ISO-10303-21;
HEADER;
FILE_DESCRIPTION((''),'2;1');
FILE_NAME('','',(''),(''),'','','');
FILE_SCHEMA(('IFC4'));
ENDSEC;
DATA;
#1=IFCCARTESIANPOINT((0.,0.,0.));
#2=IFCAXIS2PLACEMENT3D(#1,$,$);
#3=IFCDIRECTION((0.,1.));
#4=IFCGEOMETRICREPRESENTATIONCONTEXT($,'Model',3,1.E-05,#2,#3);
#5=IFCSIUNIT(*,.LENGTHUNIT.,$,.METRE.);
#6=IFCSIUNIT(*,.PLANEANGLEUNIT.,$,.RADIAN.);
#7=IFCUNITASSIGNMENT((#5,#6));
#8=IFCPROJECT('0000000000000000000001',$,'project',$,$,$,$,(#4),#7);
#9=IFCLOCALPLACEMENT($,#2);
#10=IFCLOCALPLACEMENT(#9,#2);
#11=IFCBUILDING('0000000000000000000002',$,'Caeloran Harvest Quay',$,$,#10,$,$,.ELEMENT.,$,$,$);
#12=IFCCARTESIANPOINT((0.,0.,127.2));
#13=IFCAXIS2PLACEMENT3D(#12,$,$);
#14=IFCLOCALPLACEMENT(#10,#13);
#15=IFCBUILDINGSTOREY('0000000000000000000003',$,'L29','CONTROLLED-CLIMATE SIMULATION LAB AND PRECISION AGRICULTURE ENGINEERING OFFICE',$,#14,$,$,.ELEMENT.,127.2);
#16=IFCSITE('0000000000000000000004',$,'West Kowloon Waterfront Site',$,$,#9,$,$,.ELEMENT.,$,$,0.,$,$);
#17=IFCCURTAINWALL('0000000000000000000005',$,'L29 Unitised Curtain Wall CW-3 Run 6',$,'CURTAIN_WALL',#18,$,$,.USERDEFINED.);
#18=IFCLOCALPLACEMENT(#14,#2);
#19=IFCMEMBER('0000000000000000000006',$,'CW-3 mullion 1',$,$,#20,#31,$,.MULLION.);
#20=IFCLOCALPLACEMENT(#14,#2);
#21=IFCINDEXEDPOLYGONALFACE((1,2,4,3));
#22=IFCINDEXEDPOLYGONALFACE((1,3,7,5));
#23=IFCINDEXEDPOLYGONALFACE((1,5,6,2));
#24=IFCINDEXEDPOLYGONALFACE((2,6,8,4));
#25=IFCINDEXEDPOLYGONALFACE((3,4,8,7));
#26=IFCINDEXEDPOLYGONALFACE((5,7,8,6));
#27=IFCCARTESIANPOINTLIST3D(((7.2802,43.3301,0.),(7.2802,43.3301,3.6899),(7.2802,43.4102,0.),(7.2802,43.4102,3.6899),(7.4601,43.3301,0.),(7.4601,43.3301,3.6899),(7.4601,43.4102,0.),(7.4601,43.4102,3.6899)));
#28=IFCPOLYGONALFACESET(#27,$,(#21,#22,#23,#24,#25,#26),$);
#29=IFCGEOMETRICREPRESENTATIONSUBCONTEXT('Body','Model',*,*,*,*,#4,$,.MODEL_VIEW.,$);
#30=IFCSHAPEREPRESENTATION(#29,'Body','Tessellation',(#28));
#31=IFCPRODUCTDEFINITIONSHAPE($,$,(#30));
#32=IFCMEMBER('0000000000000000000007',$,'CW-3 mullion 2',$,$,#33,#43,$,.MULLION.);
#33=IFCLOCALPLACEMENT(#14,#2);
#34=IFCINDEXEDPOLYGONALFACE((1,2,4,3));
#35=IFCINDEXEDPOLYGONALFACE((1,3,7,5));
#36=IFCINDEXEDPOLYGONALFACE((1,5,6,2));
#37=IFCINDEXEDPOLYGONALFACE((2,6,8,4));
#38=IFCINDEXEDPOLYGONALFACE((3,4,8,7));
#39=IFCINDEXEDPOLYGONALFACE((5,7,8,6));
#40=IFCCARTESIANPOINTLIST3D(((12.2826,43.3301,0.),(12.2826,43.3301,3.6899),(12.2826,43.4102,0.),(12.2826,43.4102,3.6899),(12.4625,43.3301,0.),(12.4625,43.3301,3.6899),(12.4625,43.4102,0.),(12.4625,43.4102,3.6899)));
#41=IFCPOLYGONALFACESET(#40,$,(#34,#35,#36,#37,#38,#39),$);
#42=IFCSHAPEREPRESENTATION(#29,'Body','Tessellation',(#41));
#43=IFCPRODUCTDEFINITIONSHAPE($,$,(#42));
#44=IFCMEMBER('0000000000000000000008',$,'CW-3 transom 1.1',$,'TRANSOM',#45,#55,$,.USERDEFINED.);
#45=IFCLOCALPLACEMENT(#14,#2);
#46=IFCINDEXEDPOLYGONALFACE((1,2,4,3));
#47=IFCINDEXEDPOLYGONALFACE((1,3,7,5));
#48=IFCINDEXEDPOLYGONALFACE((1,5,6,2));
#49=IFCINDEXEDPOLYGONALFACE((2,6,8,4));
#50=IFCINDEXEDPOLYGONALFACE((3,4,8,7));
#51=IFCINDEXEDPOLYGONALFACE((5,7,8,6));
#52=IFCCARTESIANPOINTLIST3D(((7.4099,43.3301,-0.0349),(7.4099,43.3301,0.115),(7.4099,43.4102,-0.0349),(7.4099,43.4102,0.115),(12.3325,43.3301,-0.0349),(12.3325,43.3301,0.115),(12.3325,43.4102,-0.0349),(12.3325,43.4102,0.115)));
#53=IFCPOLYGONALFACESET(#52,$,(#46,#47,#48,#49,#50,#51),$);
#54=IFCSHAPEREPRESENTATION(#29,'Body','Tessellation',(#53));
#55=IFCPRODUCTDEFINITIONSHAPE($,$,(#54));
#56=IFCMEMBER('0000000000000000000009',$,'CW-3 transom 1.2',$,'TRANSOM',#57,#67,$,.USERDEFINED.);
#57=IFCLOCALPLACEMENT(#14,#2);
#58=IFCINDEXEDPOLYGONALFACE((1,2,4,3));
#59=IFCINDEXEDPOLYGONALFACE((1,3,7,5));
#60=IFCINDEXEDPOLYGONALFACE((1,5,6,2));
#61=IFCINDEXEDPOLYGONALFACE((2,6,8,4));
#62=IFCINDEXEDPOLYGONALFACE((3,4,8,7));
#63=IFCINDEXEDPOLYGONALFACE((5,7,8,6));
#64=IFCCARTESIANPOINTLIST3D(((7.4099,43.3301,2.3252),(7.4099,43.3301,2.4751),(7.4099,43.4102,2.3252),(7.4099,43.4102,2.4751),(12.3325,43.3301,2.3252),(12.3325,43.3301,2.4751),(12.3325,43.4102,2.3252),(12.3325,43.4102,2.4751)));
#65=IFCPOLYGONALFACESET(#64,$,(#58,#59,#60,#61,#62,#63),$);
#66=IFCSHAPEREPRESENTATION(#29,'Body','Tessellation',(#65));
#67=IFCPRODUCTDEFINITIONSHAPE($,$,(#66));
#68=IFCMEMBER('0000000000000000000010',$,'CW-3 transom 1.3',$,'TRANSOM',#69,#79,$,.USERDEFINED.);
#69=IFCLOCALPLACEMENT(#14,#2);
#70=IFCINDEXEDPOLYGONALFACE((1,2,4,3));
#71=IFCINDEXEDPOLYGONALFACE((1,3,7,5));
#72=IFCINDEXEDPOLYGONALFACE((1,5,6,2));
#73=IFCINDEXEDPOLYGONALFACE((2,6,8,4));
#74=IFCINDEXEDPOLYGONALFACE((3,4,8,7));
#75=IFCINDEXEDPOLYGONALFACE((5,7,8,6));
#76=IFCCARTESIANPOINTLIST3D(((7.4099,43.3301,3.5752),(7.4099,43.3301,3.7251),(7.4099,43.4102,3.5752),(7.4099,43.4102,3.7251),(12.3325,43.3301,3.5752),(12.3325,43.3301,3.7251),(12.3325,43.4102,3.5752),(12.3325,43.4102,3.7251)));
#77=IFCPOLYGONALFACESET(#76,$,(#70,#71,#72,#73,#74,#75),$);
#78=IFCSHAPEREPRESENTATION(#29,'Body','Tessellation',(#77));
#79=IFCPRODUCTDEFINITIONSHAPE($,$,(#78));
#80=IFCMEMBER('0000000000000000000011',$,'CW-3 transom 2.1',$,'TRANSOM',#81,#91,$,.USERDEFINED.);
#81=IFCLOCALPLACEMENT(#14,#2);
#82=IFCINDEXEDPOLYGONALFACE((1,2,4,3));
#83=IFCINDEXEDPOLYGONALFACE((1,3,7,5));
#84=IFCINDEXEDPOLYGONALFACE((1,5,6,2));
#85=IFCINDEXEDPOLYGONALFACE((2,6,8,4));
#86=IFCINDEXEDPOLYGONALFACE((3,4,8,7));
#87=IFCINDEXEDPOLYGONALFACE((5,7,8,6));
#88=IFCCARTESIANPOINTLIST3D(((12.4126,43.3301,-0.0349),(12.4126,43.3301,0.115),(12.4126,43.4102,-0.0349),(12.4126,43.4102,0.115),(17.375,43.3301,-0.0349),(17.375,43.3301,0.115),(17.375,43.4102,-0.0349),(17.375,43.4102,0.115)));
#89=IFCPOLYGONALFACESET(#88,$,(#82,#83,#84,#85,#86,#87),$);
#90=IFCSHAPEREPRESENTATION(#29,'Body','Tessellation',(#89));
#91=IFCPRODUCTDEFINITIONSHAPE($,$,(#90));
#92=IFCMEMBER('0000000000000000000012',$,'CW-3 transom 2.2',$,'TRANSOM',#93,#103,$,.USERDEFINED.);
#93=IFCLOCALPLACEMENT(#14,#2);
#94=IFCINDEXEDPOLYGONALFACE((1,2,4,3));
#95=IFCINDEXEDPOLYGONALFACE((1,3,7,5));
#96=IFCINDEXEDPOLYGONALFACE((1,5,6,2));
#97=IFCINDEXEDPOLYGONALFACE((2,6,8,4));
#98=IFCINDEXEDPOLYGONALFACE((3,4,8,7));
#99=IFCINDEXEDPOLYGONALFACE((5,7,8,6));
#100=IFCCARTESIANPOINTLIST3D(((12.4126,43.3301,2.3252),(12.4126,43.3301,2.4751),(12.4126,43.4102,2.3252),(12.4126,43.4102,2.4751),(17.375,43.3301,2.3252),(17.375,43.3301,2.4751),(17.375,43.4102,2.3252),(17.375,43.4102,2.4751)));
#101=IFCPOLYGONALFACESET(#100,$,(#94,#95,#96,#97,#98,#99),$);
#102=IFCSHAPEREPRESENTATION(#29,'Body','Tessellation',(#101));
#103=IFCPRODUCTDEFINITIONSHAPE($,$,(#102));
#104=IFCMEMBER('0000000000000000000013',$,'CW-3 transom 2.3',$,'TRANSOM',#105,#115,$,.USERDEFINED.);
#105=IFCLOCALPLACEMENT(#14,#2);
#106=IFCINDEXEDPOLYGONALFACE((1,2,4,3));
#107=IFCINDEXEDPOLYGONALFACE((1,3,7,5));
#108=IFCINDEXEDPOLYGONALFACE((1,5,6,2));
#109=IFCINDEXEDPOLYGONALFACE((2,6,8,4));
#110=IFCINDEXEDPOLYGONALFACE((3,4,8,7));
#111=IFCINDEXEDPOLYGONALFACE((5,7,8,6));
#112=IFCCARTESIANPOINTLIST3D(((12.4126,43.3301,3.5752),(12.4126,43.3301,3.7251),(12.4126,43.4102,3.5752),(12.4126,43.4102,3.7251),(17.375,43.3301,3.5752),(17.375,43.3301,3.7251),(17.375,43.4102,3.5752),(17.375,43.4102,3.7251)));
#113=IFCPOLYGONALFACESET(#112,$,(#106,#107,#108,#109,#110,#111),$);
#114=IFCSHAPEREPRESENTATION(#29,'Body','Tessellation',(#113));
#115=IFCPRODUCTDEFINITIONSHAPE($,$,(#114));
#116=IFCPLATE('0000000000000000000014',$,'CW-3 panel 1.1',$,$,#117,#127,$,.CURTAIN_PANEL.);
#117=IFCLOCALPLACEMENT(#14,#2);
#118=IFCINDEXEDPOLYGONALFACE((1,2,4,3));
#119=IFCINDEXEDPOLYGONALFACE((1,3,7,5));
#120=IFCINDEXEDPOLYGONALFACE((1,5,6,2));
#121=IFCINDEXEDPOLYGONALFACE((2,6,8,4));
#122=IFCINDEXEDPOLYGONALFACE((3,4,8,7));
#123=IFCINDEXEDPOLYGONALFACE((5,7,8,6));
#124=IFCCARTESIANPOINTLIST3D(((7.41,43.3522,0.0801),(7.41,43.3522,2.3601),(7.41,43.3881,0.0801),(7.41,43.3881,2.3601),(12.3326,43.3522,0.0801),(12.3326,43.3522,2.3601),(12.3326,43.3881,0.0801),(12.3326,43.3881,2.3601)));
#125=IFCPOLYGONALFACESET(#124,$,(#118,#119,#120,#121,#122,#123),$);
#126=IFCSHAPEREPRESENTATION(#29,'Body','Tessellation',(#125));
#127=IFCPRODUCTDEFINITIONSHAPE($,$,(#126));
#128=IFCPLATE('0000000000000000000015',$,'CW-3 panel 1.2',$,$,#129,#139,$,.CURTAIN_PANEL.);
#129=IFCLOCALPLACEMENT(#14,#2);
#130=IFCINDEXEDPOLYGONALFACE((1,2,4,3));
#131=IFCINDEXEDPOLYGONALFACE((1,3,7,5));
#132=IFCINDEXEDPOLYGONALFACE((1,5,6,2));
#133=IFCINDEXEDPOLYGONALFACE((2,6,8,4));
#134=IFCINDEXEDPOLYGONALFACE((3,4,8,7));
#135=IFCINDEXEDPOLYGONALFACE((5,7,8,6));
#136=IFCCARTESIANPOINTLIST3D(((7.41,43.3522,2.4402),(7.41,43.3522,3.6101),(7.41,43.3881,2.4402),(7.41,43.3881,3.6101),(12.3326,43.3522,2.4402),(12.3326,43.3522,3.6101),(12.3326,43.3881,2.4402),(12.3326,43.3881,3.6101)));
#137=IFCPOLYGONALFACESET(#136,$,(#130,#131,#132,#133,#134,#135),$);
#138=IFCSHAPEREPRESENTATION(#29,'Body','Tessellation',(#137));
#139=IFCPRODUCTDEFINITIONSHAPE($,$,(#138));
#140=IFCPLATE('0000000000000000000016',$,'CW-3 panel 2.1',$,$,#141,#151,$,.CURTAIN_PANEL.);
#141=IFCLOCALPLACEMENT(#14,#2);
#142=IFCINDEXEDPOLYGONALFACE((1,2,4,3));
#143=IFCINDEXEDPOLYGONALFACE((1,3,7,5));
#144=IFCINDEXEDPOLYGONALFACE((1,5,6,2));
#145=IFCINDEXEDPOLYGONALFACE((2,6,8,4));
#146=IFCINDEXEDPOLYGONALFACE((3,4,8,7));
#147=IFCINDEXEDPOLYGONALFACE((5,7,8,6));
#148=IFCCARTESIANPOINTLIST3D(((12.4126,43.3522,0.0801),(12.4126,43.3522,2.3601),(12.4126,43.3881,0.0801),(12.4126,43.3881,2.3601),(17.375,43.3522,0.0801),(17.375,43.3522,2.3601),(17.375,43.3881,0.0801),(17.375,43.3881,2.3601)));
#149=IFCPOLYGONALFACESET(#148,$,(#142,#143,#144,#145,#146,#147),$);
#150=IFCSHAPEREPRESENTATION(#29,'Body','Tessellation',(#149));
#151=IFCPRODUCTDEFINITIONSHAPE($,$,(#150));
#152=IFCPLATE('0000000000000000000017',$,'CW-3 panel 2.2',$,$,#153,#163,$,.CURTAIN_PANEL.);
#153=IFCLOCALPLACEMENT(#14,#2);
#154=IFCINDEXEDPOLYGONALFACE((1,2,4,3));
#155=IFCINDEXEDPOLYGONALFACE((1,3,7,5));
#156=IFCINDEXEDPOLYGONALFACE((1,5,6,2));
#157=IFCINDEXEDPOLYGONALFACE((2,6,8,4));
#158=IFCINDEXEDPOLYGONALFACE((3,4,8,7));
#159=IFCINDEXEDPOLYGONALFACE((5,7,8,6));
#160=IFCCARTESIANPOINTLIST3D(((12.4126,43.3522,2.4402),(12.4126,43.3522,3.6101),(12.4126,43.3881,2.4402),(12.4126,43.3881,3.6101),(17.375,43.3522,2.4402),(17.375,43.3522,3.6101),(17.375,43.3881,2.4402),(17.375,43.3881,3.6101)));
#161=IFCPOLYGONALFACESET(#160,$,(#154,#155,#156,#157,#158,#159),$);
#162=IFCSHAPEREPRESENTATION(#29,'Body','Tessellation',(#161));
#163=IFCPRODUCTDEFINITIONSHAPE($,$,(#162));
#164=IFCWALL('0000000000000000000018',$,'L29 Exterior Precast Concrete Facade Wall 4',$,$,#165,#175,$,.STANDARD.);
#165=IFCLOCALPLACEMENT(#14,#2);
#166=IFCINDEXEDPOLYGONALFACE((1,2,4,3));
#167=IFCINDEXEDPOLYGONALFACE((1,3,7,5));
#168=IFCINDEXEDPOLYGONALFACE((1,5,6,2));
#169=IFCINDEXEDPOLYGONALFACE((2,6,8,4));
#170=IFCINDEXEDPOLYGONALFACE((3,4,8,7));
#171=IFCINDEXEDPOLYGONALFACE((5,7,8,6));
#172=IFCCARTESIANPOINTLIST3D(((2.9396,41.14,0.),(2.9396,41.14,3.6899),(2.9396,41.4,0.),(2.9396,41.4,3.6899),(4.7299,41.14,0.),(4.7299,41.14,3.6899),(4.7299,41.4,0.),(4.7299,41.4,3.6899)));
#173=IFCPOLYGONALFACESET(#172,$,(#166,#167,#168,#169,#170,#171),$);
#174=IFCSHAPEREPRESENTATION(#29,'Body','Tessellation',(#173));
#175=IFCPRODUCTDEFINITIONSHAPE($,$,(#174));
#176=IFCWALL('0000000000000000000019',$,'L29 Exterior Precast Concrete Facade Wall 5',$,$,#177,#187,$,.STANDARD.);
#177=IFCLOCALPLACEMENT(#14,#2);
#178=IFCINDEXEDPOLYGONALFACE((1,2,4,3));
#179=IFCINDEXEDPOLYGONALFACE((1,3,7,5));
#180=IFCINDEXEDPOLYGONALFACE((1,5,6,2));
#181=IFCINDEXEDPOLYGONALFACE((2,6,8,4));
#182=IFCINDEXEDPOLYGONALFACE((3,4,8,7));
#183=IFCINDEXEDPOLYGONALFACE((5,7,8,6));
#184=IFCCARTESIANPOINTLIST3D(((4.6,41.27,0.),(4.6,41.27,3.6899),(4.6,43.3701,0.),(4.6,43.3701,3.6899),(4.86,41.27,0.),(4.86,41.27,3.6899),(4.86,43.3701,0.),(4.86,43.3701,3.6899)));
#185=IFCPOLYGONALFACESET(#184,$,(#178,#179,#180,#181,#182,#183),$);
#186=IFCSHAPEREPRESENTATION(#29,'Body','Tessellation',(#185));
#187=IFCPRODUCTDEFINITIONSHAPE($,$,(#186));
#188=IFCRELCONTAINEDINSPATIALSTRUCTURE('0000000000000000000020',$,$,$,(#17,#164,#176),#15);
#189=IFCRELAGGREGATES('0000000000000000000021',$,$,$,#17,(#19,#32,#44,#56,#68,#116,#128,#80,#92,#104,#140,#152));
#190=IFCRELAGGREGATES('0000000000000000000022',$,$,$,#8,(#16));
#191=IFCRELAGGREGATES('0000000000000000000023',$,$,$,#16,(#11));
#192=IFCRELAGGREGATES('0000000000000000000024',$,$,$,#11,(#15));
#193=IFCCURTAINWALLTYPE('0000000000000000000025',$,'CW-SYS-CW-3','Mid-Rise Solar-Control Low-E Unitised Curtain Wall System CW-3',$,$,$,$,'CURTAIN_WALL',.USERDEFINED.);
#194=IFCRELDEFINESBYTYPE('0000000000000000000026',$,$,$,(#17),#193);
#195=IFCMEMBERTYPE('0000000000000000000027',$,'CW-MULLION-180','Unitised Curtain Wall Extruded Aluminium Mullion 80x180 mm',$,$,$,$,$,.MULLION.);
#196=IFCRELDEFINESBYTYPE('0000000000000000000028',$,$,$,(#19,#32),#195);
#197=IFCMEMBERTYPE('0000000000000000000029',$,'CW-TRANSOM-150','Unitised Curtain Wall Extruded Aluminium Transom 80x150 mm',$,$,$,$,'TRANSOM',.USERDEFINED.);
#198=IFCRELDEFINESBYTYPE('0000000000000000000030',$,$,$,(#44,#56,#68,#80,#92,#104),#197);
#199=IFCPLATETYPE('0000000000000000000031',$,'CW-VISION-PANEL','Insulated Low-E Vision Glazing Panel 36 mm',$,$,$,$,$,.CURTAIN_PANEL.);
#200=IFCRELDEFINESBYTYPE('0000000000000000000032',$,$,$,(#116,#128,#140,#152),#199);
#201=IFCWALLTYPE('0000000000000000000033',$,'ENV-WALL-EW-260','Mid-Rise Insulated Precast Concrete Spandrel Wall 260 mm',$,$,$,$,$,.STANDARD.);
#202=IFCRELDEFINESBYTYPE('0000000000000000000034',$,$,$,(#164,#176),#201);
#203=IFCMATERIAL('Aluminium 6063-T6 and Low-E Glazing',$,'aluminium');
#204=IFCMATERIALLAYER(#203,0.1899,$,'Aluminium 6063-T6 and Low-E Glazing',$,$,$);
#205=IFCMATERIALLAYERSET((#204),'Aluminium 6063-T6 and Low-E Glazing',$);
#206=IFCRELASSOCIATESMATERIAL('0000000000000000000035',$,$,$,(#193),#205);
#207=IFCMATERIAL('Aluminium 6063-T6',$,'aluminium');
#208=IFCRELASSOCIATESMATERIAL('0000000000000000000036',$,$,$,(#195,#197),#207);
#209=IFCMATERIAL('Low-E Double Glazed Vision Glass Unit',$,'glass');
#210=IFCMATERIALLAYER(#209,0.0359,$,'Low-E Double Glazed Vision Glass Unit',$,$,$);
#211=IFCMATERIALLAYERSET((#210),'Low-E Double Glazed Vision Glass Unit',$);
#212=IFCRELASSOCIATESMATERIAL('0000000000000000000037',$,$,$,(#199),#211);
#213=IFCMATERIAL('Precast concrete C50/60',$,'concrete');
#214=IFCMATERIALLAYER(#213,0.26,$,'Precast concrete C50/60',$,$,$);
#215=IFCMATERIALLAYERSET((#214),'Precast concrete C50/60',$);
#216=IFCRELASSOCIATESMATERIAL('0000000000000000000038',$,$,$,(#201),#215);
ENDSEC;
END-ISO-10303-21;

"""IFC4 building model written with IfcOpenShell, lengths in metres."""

from ifc_helpers import new_model, si_unit, direction, frame, frame_2d, origin, origin_2d, place, context, subcontext, project, spatial, rectangle, extrude, material, layer, layer_set, material_profile, profile_set, type_object, element, aggregate, save


model = new_model("IFC4")

# Units and contexts
model_context = context("Model", 3, precision=1e-05, world=origin(), true_north=direction((0.0, 1.0)))
body_context = subcontext(model_context, "Body", "Model", "MODEL_VIEW")
ifc_project = project(units=[si_unit("LENGTHUNIT", "METRE"), si_unit("PLANEANGLEUNIT", "RADIAN")], contexts=[model_context])

# Site, building, storey
site_placement = place(None, origin())
site = spatial("IfcSite", under=ifc_project, at=site_placement, Name="West Kowloon Waterfront Site", CompositionType="ELEMENT", RefElevation=0.0)
building_placement = place(site_placement, origin())
building = spatial("IfcBuilding", under=site, at=building_placement, Name="Caeloran Harvest Quay", CompositionType="ELEMENT")
storey_placement = place(building_placement, frame((0.0, 0.0, 127.2)))
storey = spatial("IfcBuildingStorey", under=building, at=storey_placement, Name="L29", Description="CONTROLLED-CLIMATE SIMULATION LAB AND PRECISION AGRICULTURE ENGINEERING OFFICE", CompositionType="ELEMENT", Elevation=127.2)

# Curtain wall, members, plates
ifc_material_1 = material(Name="Aluminium 6063-T6 and Low-E Glazing", Category="aluminium")
ifc_layer_1 = layer(ifc_material_1, 0.1899, Name="Aluminium 6063-T6 and Low-E Glazing")
ifc_layer_set_1 = layer_set([ifc_layer_1], Name="Aluminium 6063-T6 and Low-E Glazing")
curtain_wall_type = type_object("IfcCurtainWallType", Name="CW-SYS-CW-3", Description="Mid-Rise Solar-Control Low-E Unitised Curtain Wall System CW-3", ElementType="CURTAIN_WALL", PredefinedType="USERDEFINED", material=ifc_layer_set_1)
curtain_wall_placement = place(storey_placement, origin())
curtain_wall = element("IfcCurtainWall", 1, at=curtain_wall_placement, inside=storey, type_object=curtain_wall_type, Name="L29 Unitised Curtain Wall CW-3 Run 6", ObjectType="CURTAIN_WALL", PredefinedType="USERDEFINED")
ifc_material_2 = material(Name="Aluminium 6063-T6", Category="aluminium")
ifc_material_profile_1 = material_profile(ifc_material_2, rectangle(XDim=0.0801, YDim=0.1799, at=origin_2d()), Name="CW-MULLION-180")
ifc_profile_set_1 = profile_set([ifc_material_profile_1], Name="Aluminium 6063-T6")
member_type_1 = type_object("IfcMemberType", Name="CW-MULLION-180", Description="Unitised Curtain Wall Extruded Aluminium Mullion 80x180 mm", PredefinedType="MULLION", material=ifc_profile_set_1)
member_1_placement = place(storey_placement, frame((7.3701, 43.3701, 0.0), z_axis=(0.0, 0.0, 1.0), x_axis=(0.0, 1.0, 0.0)))
member_1 = element("IfcMember", 2, at=member_1_placement, type_object=member_type_1, Name="CW-3 mullion 1", PredefinedType="MULLION", context=body_context, shape_type="SweptSolid", body=[
    extrude(rectangle(XDim=0.0801, YDim=0.1799, at=origin_2d()), origin(), (0.0, 0.0, 1.0), 3.6899),
])
member_2_placement = place(storey_placement, frame((12.3726, 43.3701, 0.0), z_axis=(0.0, 0.0, 1.0), x_axis=(0.0, 1.0, 0.0)))
member_2 = element("IfcMember", 3, at=member_2_placement, type_object=member_type_1, Name="CW-3 mullion 2", PredefinedType="MULLION", context=body_context, shape_type="SweptSolid", body=[
    extrude(rectangle(XDim=0.0801, YDim=0.1799, at=origin_2d()), origin(), (0.0, 0.0, 1.0), 3.6899),
])
ifc_material_profile_2 = material_profile(ifc_material_2, rectangle(XDim=0.0801, YDim=0.1499, at=origin_2d()), Name="CW-TRANSOM-150")
ifc_profile_set_2 = profile_set([ifc_material_profile_2], Name="Aluminium 6063-T6")
member_type_2 = type_object("IfcMemberType", Name="CW-TRANSOM-150", Description="Unitised Curtain Wall Extruded Aluminium Transom 80x150 mm", ElementType="TRANSOM", PredefinedType="USERDEFINED", material=ifc_profile_set_2)
member_3_placement = place(storey_placement, frame((7.4099, 43.3701, 0.04), z_axis=(1.0, 0.0, 0.0), x_axis=(0.0, 1.0, 0.0)))
member_3 = element("IfcMember", 4, at=member_3_placement, type_object=member_type_2, Name="CW-3 transom 1.1", ObjectType="TRANSOM", PredefinedType="USERDEFINED", context=body_context, shape_type="SweptSolid", body=[
    extrude(rectangle(XDim=0.0801, YDim=0.1499, at=origin_2d()), origin(), (0.0, 0.0, 1.0), 4.9226),
])
member_4_placement = place(storey_placement, frame((7.4099, 43.3701, 2.4001), z_axis=(1.0, 0.0, 0.0), x_axis=(0.0, 1.0, 0.0)))
member_4 = element("IfcMember", 5, at=member_4_placement, type_object=member_type_2, Name="CW-3 transom 1.2", ObjectType="TRANSOM", PredefinedType="USERDEFINED", context=body_context, shape_type="SweptSolid", body=[
    extrude(rectangle(XDim=0.0801, YDim=0.1499, at=origin_2d()), origin(), (0.0, 0.0, 1.0), 4.9226),
])
member_5_placement = place(storey_placement, frame((7.4099, 43.3701, 3.6501), z_axis=(1.0, 0.0, 0.0), x_axis=(0.0, 1.0, 0.0)))
member_5 = element("IfcMember", 6, at=member_5_placement, type_object=member_type_2, Name="CW-3 transom 1.3", ObjectType="TRANSOM", PredefinedType="USERDEFINED", context=body_context, shape_type="SweptSolid", body=[
    extrude(rectangle(XDim=0.0801, YDim=0.1499, at=origin_2d()), origin(), (0.0, 0.0, 1.0), 4.9226),
])
member_6_placement = place(storey_placement, frame((12.4126, 43.3701, 0.04), z_axis=(1.0, 0.0, 0.0), x_axis=(0.0, 1.0, 0.0)))
member_6 = element("IfcMember", 7, at=member_6_placement, type_object=member_type_2, Name="CW-3 transom 2.1", ObjectType="TRANSOM", PredefinedType="USERDEFINED", context=body_context, shape_type="SweptSolid", body=[
    extrude(rectangle(XDim=0.0801, YDim=0.1499, at=origin_2d()), origin(), (0.0, 0.0, 1.0), 4.9624),
])
member_7_placement = place(storey_placement, frame((12.4126, 43.3701, 2.4001), z_axis=(1.0, 0.0, 0.0), x_axis=(0.0, 1.0, 0.0)))
member_7 = element("IfcMember", 8, at=member_7_placement, type_object=member_type_2, Name="CW-3 transom 2.2", ObjectType="TRANSOM", PredefinedType="USERDEFINED", context=body_context, shape_type="SweptSolid", body=[
    extrude(rectangle(XDim=0.0801, YDim=0.1499, at=origin_2d()), origin(), (0.0, 0.0, 1.0), 4.9624),
])
member_8_placement = place(storey_placement, frame((12.4126, 43.3701, 3.6501), z_axis=(1.0, 0.0, 0.0), x_axis=(0.0, 1.0, 0.0)))
member_8 = element("IfcMember", 9, at=member_8_placement, type_object=member_type_2, Name="CW-3 transom 2.3", ObjectType="TRANSOM", PredefinedType="USERDEFINED", context=body_context, shape_type="SweptSolid", body=[
    extrude(rectangle(XDim=0.0801, YDim=0.1499, at=origin_2d()), origin(), (0.0, 0.0, 1.0), 4.9624),
])
ifc_material_3 = material(Name="Low-E Double Glazed Vision Glass Unit", Category="glass")
ifc_layer_2 = layer(ifc_material_3, 0.0359, Name="Low-E Double Glazed Vision Glass Unit")
ifc_layer_set_2 = layer_set([ifc_layer_2], Name="Low-E Double Glazed Vision Glass Unit")
plate_type = type_object("IfcPlateType", Name="CW-VISION-PANEL", Description="Insulated Low-E Vision Glazing Panel 36 mm", PredefinedType="CURTAIN_PANEL", material=ifc_layer_set_2)
plate_1_placement = place(storey_placement, frame((9.8713, 43.3701, 0.0801), z_axis=(0.0, 0.0, 1.0), x_axis=(1.0, 0.0, 0.0)))
plate_1 = element("IfcPlate", 10, at=plate_1_placement, type_object=plate_type, Name="CW-3 panel 1.1", PredefinedType="CURTAIN_PANEL", context=body_context, shape_type="SweptSolid", body=[
    extrude(rectangle(XDim=4.9226, YDim=0.0359, at=origin_2d()), origin(), (0.0, 0.0, 1.0), 2.28),
])
plate_2_placement = place(storey_placement, frame((9.8713, 43.3701, 2.4402), z_axis=(0.0, 0.0, 1.0), x_axis=(1.0, 0.0, 0.0)))
plate_2 = element("IfcPlate", 11, at=plate_2_placement, type_object=plate_type, Name="CW-3 panel 1.2", PredefinedType="CURTAIN_PANEL", context=body_context, shape_type="SweptSolid", body=[
    extrude(rectangle(XDim=4.9226, YDim=0.0359, at=origin_2d()), origin(), (0.0, 0.0, 1.0), 1.1699),
])
plate_3_placement = place(storey_placement, frame((14.8938, 43.3701, 0.0801), z_axis=(0.0, 0.0, 1.0), x_axis=(1.0, 0.0, 0.0)))
plate_3 = element("IfcPlate", 12, at=plate_3_placement, type_object=plate_type, Name="CW-3 panel 2.1", PredefinedType="CURTAIN_PANEL", context=body_context, shape_type="SweptSolid", body=[
    extrude(rectangle(XDim=4.9624, YDim=0.0359, at=origin_2d()), origin(), (0.0, 0.0, 1.0), 2.28),
])
plate_4_placement = place(storey_placement, frame((14.8938, 43.3701, 2.4402), z_axis=(0.0, 0.0, 1.0), x_axis=(1.0, 0.0, 0.0)))
plate_4 = element("IfcPlate", 13, at=plate_4_placement, type_object=plate_type, Name="CW-3 panel 2.2", PredefinedType="CURTAIN_PANEL", context=body_context, shape_type="SweptSolid", body=[
    extrude(rectangle(XDim=4.9624, YDim=0.0359, at=origin_2d()), origin(), (0.0, 0.0, 1.0), 1.1699),
])
aggregate(curtain_wall, [member_1, member_2, member_3, member_4, member_5, plate_1, plate_2, member_6, member_7, member_8, plate_3, plate_4])

# Walls
ifc_material_4 = material(Name="Precast concrete C50/60", Category="concrete")
ifc_layer_3 = layer(ifc_material_4, 0.26, Name="Precast concrete C50/60")
ifc_layer_set_3 = layer_set([ifc_layer_3], Name="Precast concrete C50/60")
wall_type_1 = type_object("IfcWallType", Name="ENV-WALL-EW-260", Description="Mid-Rise Insulated Precast Concrete Spandrel Wall 260 mm", PredefinedType="STANDARD", material=ifc_layer_set_3)
wall_1_placement = place(storey_placement, frame((2.9397, 41.27, 0.0), z_axis=(0.0, 0.0, 1.0), x_axis=(1.0, 0.0, 0.0)))
element("IfcWall", 14, at=wall_1_placement, inside=storey, type_object=wall_type_1, Name="L29 Exterior Precast Concrete Facade Wall 4", PredefinedType="STANDARD", context=body_context, shape_type="SweptSolid", body=[
    extrude(rectangle(XDim=1.7903, YDim=0.26, at=frame_2d((0.895, 0.0))), origin(), (0.0, 0.0, 1.0), 3.6899),
])
wall_2_placement = place(storey_placement, frame((4.73, 41.27, 0.0), z_axis=(0.0, 0.0, 1.0), x_axis=(0.0, 1.0, 0.0)))
element("IfcWall", 15, at=wall_2_placement, inside=storey, type_object=wall_type_1, Name="L29 Exterior Precast Concrete Facade Wall 5", PredefinedType="STANDARD", context=body_context, shape_type="SweptSolid", body=[
    extrude(rectangle(XDim=2.1001, YDim=0.26, at=frame_2d((1.05, 0.0))), origin(), (0.0, 0.0, 1.0), 3.6899),
])

save(model, "model.ifc")
